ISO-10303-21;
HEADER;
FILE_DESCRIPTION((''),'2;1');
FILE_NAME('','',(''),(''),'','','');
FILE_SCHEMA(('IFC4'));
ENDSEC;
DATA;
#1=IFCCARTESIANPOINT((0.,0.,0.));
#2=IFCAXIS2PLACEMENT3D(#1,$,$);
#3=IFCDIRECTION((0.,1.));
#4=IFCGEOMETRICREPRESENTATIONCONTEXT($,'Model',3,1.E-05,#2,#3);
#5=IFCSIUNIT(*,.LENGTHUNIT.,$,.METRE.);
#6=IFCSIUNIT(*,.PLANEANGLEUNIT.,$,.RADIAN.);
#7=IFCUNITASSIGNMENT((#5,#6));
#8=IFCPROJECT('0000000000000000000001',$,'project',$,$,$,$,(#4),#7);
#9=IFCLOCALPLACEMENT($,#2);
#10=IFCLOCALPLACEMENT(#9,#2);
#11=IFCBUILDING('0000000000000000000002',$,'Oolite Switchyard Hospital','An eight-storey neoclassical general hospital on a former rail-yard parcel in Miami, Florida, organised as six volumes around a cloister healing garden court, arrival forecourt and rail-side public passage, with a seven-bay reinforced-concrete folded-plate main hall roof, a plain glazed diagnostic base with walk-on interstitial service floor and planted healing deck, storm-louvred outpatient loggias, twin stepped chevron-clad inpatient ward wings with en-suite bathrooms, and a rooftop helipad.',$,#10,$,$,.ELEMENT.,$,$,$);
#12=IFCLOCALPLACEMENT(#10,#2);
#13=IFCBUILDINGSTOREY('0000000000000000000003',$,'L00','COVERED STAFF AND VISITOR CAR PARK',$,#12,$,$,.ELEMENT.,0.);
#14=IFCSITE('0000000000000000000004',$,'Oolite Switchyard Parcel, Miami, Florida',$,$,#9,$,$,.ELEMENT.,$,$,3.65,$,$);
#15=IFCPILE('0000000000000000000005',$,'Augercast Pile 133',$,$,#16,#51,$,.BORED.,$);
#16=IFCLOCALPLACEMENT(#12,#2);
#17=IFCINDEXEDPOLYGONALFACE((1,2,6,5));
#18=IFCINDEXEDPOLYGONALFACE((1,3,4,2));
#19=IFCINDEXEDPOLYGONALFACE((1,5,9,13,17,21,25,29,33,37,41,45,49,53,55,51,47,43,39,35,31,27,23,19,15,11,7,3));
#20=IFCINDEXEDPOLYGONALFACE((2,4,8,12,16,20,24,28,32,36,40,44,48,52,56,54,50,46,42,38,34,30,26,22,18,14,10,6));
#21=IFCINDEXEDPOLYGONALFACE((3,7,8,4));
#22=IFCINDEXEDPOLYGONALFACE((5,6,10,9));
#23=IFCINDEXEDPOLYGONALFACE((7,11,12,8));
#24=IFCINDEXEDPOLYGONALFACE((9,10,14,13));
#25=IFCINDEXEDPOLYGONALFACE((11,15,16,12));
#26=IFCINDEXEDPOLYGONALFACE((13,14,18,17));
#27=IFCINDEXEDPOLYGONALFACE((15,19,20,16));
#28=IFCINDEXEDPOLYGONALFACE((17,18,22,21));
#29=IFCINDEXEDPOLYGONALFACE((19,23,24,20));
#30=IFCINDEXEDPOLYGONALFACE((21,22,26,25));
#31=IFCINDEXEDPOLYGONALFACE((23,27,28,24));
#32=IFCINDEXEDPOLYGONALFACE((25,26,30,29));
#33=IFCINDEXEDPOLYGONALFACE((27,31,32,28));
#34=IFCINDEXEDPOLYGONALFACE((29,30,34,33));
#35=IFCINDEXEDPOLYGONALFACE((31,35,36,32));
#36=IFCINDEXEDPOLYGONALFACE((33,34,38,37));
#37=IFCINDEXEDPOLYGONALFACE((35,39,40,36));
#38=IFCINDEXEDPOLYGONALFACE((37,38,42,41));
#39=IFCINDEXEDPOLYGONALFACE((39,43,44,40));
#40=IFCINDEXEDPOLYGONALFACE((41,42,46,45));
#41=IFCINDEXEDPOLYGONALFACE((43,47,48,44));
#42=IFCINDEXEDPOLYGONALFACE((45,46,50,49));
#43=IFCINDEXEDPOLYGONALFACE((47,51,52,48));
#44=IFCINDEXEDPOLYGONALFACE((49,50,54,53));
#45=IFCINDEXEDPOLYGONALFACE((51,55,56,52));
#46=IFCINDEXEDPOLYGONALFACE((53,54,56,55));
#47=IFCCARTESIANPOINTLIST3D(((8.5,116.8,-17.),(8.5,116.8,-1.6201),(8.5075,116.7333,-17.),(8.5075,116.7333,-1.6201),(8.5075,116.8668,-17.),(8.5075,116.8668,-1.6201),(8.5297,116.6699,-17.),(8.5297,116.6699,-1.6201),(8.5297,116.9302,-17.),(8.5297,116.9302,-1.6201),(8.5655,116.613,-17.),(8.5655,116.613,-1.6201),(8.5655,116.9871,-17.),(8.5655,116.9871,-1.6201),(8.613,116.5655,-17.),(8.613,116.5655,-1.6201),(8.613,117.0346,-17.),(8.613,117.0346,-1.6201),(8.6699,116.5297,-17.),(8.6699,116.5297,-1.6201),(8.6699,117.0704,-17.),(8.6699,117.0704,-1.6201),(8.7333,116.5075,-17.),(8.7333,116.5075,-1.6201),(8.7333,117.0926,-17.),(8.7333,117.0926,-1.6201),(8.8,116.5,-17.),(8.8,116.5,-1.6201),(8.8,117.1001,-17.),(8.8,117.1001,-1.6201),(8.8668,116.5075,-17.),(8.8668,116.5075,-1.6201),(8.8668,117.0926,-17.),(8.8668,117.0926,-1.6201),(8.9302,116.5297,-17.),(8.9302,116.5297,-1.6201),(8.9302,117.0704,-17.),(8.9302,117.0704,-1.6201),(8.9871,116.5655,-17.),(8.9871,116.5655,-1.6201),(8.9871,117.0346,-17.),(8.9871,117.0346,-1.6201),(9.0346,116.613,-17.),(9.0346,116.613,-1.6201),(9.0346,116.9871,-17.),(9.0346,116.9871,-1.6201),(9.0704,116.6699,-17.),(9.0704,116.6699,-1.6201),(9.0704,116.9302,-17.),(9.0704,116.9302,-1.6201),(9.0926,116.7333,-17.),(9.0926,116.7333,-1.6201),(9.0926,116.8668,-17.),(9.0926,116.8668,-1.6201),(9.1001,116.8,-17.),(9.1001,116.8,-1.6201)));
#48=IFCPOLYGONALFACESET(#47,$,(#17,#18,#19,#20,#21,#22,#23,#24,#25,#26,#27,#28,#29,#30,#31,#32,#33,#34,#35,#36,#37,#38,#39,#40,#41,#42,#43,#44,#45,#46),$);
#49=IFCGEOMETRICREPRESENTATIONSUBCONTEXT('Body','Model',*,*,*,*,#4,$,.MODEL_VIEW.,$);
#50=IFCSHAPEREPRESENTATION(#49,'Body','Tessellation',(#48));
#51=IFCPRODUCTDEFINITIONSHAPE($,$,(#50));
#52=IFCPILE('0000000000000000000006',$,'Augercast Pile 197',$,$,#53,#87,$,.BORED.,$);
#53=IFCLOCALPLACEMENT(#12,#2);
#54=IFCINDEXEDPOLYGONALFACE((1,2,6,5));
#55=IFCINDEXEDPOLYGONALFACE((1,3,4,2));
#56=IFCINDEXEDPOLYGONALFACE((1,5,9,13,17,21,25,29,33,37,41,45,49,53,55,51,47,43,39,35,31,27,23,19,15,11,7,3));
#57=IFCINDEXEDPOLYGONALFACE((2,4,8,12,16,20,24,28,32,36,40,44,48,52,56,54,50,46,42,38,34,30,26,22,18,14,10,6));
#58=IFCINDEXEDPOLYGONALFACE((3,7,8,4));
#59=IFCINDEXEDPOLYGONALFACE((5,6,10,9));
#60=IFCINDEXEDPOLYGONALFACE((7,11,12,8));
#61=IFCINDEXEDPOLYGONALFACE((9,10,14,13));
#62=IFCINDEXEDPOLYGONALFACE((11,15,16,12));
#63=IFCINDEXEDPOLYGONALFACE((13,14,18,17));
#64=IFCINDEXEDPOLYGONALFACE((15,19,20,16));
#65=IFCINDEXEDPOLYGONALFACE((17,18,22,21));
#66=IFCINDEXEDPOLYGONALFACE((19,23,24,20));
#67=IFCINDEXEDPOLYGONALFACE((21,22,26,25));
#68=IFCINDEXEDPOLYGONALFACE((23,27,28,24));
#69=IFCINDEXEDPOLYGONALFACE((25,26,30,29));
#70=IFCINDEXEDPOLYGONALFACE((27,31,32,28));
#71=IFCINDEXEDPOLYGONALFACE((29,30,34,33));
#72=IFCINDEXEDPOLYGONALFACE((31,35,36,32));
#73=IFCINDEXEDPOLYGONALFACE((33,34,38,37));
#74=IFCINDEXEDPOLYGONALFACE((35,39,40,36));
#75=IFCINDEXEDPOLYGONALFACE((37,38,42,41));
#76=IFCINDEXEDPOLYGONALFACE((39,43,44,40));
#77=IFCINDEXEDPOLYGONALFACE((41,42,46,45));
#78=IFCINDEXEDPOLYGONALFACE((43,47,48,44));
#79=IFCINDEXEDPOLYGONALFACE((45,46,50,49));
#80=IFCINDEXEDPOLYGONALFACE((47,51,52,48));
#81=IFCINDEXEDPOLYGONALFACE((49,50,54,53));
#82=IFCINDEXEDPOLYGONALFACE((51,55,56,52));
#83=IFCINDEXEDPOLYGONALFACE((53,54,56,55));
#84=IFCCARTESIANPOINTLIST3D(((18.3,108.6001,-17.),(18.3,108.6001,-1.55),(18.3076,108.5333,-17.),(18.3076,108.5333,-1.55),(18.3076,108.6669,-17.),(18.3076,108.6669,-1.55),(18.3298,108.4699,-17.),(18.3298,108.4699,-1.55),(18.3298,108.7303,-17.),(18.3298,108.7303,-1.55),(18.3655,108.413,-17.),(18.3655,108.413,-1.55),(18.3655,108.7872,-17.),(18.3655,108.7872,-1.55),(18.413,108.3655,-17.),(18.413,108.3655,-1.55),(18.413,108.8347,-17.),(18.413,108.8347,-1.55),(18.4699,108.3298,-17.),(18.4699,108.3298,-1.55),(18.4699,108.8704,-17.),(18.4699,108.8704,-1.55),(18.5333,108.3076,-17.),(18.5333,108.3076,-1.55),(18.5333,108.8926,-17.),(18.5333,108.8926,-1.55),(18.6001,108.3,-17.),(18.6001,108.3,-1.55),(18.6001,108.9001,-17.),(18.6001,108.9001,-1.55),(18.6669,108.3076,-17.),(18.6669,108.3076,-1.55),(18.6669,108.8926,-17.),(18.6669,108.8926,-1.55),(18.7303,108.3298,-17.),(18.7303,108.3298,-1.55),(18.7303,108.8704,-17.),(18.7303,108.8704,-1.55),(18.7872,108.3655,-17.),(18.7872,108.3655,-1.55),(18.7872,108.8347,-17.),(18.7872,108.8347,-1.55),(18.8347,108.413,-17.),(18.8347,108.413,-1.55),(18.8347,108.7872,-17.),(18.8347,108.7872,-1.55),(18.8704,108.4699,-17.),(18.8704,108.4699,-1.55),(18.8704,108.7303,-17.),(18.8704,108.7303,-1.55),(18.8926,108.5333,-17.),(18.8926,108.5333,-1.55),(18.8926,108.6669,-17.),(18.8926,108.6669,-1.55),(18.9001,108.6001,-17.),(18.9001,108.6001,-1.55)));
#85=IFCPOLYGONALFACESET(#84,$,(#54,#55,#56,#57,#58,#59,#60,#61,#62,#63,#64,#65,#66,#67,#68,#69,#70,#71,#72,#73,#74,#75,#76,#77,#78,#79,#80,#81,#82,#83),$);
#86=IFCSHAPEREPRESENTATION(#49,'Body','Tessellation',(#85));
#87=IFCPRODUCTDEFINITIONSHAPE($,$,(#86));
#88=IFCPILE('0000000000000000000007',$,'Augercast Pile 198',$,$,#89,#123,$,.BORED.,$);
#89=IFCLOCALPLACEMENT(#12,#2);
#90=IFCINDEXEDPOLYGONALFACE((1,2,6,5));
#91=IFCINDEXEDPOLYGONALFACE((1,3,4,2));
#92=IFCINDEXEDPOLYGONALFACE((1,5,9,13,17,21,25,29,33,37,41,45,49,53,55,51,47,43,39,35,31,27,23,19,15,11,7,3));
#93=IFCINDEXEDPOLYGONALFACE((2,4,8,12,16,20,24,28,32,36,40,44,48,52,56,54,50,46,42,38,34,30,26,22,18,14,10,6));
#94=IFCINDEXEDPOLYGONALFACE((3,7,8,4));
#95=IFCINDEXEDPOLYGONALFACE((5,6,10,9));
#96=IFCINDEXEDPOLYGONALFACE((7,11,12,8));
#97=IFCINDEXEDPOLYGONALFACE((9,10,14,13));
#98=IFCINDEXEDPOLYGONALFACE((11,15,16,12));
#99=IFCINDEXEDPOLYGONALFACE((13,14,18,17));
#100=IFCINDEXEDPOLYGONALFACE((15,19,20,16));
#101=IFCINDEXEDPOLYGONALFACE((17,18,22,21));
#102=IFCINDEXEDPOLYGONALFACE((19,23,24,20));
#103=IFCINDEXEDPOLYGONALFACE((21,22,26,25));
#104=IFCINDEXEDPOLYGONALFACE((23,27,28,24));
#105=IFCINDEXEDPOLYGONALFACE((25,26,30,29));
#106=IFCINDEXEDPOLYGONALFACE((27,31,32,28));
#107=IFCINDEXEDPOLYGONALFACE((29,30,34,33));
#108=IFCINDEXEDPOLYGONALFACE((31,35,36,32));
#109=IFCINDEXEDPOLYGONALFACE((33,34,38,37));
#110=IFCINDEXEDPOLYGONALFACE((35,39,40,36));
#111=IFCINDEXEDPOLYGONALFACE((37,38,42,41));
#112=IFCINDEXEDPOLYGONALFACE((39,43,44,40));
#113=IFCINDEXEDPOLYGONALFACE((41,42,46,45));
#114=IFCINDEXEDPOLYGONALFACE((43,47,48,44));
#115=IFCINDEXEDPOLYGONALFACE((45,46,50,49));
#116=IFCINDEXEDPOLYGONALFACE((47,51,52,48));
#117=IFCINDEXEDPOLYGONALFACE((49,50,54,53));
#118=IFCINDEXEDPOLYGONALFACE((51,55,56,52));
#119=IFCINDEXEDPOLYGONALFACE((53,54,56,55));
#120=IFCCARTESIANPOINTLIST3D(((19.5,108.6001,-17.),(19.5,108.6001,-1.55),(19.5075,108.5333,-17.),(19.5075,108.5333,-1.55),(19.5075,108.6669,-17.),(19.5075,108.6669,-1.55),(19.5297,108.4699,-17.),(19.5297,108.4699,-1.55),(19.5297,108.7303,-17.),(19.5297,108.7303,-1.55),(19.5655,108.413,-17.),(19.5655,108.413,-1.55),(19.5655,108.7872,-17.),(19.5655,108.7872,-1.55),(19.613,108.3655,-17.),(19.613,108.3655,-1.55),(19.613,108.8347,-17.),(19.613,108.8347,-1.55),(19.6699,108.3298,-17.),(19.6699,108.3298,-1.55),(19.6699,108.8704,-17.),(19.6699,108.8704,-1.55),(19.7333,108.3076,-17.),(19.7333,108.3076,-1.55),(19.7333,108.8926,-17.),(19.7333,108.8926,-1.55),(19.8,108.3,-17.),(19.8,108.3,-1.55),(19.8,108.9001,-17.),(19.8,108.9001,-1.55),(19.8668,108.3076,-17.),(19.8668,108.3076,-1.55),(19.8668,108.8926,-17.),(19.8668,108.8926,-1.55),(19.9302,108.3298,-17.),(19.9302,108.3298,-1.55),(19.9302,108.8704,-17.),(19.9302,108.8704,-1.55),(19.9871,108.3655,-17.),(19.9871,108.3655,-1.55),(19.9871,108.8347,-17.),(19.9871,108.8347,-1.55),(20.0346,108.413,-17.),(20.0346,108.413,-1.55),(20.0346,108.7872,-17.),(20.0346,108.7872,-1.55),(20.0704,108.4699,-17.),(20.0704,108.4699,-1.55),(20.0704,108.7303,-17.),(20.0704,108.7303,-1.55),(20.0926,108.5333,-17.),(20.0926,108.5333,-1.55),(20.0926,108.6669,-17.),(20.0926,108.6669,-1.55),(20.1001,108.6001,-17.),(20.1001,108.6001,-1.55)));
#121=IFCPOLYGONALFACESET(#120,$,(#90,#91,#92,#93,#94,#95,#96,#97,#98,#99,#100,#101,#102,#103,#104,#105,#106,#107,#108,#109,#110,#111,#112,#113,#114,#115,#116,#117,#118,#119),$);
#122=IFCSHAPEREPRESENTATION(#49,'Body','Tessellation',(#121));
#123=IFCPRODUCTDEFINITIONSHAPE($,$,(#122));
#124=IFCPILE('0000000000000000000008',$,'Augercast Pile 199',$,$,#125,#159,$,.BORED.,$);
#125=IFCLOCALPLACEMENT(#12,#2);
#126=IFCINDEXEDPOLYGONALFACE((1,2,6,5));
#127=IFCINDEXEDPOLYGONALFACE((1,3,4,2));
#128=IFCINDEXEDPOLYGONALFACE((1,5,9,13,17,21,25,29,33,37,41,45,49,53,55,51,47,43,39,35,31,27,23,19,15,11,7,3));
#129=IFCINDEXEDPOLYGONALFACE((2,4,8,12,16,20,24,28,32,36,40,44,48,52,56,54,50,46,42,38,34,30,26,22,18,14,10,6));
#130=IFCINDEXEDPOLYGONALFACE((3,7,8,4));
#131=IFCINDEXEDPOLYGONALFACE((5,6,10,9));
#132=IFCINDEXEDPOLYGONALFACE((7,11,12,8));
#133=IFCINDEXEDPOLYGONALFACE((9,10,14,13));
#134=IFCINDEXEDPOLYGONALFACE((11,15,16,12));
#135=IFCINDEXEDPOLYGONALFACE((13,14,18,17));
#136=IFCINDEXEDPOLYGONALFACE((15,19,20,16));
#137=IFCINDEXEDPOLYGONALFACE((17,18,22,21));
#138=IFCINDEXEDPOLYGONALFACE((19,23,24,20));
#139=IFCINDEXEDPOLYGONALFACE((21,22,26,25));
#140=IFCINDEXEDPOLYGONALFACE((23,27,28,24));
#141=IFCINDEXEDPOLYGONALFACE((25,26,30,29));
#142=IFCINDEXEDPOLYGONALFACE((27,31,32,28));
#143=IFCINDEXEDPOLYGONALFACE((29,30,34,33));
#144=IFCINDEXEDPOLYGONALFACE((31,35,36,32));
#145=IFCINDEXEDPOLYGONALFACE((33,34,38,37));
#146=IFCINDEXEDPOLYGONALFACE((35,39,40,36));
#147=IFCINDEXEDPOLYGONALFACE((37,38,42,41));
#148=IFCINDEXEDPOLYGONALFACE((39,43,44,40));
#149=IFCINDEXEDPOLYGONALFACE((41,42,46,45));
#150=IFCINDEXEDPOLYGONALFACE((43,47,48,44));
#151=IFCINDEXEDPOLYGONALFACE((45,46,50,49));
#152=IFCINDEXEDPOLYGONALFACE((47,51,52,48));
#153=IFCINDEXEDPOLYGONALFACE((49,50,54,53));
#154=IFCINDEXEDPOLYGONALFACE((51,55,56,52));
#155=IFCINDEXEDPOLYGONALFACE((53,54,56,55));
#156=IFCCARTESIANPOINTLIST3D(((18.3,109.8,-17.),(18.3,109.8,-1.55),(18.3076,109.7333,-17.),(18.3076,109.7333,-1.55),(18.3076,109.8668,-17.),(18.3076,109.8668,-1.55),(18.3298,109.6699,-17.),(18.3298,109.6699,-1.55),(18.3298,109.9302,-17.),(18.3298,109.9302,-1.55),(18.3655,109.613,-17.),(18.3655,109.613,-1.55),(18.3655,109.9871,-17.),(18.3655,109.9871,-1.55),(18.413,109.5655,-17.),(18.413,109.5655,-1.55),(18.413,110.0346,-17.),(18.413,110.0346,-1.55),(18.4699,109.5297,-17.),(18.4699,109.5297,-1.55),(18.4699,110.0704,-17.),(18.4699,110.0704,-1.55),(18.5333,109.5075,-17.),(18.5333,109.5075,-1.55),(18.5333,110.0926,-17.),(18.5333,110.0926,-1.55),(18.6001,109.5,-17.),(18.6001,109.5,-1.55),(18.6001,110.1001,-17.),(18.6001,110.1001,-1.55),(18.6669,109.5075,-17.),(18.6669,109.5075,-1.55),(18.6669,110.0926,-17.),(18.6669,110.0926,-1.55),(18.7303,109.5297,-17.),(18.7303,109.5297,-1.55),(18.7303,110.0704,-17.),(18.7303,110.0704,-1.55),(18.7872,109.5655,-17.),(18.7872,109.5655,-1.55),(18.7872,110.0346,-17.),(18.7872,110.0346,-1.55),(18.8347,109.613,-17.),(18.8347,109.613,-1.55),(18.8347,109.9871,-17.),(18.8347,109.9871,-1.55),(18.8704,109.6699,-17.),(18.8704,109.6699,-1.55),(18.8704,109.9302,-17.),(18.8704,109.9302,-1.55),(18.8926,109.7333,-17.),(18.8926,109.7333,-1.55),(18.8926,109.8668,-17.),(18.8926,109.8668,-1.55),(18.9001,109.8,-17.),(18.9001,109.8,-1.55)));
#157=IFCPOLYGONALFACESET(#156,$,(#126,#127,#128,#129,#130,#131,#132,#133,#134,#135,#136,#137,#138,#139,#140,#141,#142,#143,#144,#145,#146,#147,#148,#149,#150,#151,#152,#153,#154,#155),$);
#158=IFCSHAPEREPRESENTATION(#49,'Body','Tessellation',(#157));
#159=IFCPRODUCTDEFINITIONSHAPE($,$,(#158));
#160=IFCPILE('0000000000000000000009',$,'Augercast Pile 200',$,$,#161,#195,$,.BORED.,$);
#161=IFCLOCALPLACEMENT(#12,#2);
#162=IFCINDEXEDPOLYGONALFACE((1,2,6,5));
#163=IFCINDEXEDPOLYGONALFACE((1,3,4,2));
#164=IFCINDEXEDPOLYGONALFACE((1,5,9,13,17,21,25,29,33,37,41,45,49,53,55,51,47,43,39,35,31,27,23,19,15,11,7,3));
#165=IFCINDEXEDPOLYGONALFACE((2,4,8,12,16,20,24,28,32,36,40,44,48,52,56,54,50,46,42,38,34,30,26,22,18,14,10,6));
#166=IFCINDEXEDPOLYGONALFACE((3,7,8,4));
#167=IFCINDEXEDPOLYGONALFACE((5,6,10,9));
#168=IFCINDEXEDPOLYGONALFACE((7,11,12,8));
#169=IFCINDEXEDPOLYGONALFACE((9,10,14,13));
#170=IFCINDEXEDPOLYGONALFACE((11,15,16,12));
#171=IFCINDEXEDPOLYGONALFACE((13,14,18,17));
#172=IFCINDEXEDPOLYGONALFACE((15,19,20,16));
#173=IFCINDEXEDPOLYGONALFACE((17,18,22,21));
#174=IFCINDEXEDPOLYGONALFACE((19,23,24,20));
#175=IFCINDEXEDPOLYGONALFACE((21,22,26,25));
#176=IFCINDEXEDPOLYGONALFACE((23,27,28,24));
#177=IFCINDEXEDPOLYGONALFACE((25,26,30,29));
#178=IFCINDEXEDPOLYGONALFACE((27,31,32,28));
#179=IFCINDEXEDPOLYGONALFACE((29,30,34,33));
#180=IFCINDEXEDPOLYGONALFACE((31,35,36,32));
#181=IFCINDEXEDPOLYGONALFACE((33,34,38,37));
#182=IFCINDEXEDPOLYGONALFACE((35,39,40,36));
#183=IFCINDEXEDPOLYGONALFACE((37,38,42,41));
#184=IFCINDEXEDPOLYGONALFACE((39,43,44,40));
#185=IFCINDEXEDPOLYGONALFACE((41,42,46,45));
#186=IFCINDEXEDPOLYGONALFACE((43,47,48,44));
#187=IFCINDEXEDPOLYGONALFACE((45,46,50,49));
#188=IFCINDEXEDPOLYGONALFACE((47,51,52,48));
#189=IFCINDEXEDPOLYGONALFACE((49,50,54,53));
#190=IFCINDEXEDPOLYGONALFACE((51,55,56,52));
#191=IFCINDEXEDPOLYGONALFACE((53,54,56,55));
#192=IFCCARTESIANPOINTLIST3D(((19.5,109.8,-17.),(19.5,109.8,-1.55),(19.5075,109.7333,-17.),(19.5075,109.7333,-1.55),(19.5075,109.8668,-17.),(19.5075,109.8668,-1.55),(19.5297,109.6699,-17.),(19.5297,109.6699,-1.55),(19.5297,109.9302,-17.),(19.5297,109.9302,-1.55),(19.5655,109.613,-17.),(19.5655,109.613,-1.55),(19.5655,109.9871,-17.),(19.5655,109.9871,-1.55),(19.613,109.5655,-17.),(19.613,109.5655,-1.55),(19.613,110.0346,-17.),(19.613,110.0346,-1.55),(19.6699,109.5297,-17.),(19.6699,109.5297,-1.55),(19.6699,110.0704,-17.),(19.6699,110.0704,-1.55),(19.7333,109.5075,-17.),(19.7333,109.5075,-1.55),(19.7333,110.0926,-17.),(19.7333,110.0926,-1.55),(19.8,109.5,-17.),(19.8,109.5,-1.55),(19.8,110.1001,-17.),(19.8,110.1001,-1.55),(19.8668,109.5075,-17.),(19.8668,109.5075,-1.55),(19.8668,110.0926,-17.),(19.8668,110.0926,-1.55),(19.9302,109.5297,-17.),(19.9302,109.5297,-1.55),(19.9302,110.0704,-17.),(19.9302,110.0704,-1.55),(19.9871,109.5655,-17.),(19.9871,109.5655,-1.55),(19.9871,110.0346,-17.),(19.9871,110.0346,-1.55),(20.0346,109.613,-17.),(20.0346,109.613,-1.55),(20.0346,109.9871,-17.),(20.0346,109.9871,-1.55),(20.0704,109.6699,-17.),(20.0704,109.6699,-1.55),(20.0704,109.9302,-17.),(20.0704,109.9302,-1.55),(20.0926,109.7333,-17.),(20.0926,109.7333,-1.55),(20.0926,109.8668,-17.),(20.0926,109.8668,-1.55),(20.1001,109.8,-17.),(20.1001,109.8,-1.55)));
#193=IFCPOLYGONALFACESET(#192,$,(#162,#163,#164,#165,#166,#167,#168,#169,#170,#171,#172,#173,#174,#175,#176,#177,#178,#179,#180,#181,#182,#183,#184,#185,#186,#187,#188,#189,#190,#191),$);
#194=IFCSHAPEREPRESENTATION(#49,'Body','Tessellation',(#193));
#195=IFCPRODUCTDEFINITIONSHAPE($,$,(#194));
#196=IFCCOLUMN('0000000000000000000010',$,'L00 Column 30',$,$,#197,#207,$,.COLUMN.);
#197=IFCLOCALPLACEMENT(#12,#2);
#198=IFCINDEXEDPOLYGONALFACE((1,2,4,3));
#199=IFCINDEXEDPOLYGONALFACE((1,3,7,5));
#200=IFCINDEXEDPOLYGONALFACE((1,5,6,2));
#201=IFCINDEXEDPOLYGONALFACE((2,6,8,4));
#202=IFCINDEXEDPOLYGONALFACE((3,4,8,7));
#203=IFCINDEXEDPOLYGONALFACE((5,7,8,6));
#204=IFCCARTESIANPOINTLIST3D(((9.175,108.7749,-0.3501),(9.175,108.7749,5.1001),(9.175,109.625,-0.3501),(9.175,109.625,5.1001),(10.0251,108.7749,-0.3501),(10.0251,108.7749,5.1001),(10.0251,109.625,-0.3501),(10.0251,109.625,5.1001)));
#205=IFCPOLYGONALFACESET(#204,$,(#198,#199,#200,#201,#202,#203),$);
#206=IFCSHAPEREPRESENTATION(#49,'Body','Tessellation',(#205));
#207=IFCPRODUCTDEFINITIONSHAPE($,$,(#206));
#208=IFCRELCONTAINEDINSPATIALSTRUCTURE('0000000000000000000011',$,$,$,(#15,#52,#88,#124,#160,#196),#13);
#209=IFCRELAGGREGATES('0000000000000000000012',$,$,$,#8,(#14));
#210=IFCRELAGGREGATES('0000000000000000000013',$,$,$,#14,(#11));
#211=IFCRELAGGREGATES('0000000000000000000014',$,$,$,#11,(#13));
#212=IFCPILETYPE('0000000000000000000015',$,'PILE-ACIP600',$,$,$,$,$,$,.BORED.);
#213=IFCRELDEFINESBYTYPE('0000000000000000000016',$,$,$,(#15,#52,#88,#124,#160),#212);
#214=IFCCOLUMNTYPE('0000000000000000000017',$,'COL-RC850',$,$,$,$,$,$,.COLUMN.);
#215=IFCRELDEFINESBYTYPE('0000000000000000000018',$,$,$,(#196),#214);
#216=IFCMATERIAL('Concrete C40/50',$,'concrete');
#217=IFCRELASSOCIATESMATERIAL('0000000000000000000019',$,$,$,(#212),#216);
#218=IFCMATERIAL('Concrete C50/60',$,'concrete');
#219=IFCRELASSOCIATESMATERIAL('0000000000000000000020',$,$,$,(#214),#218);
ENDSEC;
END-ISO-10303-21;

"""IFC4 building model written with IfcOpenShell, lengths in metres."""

from ifc_helpers import new_model, si_unit, direction, frame, origin, origin_2d, place, context, subcontext, project, spatial, rectangle, circle, extrude, material, material_profile, profile_set, type_object, element, save


model = new_model("IFC4")

# Units and contexts
model_context = context("Model", 3, precision=1e-05, world=origin(), true_north=direction((0.0, 1.0)))
body_context = subcontext(model_context, "Body", "Model", "MODEL_VIEW")
ifc_project = project(units=[si_unit("LENGTHUNIT", "METRE"), si_unit("PLANEANGLEUNIT", "RADIAN")], contexts=[model_context])

# Site, building, storey
site_placement = place(None, origin())
site = spatial("IfcSite", under=ifc_project, at=site_placement, Name="Oolite Switchyard Parcel, Miami, Florida", CompositionType="ELEMENT", RefElevation=3.65)
building_placement = place(site_placement, origin())
building = spatial("IfcBuilding", under=site, at=building_placement, Name="Oolite Switchyard Hospital", Description="An eight-storey neoclassical general hospital on a former rail-yard parcel in Miami, Florida, organised as six volumes around a cloister healing garden court, arrival forecourt and rail-side public passage, with a seven-bay reinforced-concrete folded-plate main hall roof, a plain glazed diagnostic base with walk-on interstitial service floor and planted healing deck, storm-louvred outpatient loggias, twin stepped chevron-clad inpatient ward wings with en-suite bathrooms, and a rooftop helipad.", CompositionType="ELEMENT")
storey_placement = place(building_placement, origin())
storey = spatial("IfcBuildingStorey", under=building, at=storey_placement, Name="L00", Description="COVERED STAFF AND VISITOR CAR PARK", CompositionType="ELEMENT", Elevation=0.0)

# Shared definitions
ifc_material_1 = material(Name="Concrete C40/50", Category="concrete")

# Piles
ifc_material_profile_1 = material_profile(ifc_material_1, circle(Radius=0.3, at=origin_2d()), Name="PILE600")
ifc_profile_set_1 = profile_set([ifc_material_profile_1], Name="Concrete C40/50")
pile_type = type_object("IfcPileType", Name="PILE-ACIP600", PredefinedType="BORED", material=ifc_profile_set_1)
pile_1_placement = place(storey_placement, frame((8.8, 116.8, -1.6201), z_axis=(0.0, 0.0, -1.0), x_axis=(1.0, 0.0, 0.0)))
element("IfcPile", 1, at=pile_1_placement, inside=storey, type_object=pile_type, Name="Augercast Pile 133", PredefinedType="BORED", context=body_context, shape_type="SweptSolid", body=[
    extrude(circle(Radius=0.3, at=origin_2d()), origin(), (0.0, 0.0, 1.0), 15.3799),
])
for number, where, z_axis, x_axis, name in (
    (2, (18.6001, 108.6001, -1.55), (0.0, 0.0, -1.0), (1.0, 0.0, 0.0), "Augercast Pile 197"),
    (3, (19.8, 108.6001, -1.55), (0.0, 0.0, -1.0), (1.0, 0.0, 0.0), "Augercast Pile 198"),
    (4, (18.6001, 109.8, -1.55), (0.0, 0.0, -1.0), (1.0, 0.0, 0.0), "Augercast Pile 199"),
    (5, (19.8, 109.8, -1.55), (0.0, 0.0, -1.0), (1.0, 0.0, 0.0), "Augercast Pile 200"),
):
    element("IfcPile", number, at=place(storey_placement, frame(where, z_axis=z_axis, x_axis=x_axis)), inside=storey, type_object=pile_type, Name=name, PredefinedType="BORED", context=body_context, shape_type="SweptSolid", body=[
        extrude(circle(Radius=0.3, at=origin_2d()), origin(), (0.0, 0.0, 1.0), 15.45),
    ])

# Column
ifc_material_2 = material(Name="Concrete C50/60", Category="concrete")
ifc_material_profile_2 = material_profile(ifc_material_2, rectangle(XDim=0.8501, YDim=0.8501, at=origin_2d()), Name="RC850X850")
ifc_profile_set_2 = profile_set([ifc_material_profile_2], Name="Concrete C50/60")
column_type = type_object("IfcColumnType", Name="COL-RC850", PredefinedType="COLUMN", material=ifc_profile_set_2)
for number, where, z_axis, x_axis, name in (
    (6, (9.6001, 109.2, -0.3501), (0.0, 0.0, 1.0), (1.0, 0.0, 0.0), "L00 Column 30"),
):
    element("IfcColumn", number, at=place(storey_placement, frame(where, z_axis=z_axis, x_axis=x_axis)), inside=storey, type_object=column_type, Name=name, PredefinedType="COLUMN", context=body_context, shape_type="SweptSolid", body=[
        extrude(rectangle(XDim=0.8501, YDim=0.8501, at=origin_2d()), origin(), (0.0, 0.0, 1.0), 5.4502),
    ])

save(model, "model.ifc")
